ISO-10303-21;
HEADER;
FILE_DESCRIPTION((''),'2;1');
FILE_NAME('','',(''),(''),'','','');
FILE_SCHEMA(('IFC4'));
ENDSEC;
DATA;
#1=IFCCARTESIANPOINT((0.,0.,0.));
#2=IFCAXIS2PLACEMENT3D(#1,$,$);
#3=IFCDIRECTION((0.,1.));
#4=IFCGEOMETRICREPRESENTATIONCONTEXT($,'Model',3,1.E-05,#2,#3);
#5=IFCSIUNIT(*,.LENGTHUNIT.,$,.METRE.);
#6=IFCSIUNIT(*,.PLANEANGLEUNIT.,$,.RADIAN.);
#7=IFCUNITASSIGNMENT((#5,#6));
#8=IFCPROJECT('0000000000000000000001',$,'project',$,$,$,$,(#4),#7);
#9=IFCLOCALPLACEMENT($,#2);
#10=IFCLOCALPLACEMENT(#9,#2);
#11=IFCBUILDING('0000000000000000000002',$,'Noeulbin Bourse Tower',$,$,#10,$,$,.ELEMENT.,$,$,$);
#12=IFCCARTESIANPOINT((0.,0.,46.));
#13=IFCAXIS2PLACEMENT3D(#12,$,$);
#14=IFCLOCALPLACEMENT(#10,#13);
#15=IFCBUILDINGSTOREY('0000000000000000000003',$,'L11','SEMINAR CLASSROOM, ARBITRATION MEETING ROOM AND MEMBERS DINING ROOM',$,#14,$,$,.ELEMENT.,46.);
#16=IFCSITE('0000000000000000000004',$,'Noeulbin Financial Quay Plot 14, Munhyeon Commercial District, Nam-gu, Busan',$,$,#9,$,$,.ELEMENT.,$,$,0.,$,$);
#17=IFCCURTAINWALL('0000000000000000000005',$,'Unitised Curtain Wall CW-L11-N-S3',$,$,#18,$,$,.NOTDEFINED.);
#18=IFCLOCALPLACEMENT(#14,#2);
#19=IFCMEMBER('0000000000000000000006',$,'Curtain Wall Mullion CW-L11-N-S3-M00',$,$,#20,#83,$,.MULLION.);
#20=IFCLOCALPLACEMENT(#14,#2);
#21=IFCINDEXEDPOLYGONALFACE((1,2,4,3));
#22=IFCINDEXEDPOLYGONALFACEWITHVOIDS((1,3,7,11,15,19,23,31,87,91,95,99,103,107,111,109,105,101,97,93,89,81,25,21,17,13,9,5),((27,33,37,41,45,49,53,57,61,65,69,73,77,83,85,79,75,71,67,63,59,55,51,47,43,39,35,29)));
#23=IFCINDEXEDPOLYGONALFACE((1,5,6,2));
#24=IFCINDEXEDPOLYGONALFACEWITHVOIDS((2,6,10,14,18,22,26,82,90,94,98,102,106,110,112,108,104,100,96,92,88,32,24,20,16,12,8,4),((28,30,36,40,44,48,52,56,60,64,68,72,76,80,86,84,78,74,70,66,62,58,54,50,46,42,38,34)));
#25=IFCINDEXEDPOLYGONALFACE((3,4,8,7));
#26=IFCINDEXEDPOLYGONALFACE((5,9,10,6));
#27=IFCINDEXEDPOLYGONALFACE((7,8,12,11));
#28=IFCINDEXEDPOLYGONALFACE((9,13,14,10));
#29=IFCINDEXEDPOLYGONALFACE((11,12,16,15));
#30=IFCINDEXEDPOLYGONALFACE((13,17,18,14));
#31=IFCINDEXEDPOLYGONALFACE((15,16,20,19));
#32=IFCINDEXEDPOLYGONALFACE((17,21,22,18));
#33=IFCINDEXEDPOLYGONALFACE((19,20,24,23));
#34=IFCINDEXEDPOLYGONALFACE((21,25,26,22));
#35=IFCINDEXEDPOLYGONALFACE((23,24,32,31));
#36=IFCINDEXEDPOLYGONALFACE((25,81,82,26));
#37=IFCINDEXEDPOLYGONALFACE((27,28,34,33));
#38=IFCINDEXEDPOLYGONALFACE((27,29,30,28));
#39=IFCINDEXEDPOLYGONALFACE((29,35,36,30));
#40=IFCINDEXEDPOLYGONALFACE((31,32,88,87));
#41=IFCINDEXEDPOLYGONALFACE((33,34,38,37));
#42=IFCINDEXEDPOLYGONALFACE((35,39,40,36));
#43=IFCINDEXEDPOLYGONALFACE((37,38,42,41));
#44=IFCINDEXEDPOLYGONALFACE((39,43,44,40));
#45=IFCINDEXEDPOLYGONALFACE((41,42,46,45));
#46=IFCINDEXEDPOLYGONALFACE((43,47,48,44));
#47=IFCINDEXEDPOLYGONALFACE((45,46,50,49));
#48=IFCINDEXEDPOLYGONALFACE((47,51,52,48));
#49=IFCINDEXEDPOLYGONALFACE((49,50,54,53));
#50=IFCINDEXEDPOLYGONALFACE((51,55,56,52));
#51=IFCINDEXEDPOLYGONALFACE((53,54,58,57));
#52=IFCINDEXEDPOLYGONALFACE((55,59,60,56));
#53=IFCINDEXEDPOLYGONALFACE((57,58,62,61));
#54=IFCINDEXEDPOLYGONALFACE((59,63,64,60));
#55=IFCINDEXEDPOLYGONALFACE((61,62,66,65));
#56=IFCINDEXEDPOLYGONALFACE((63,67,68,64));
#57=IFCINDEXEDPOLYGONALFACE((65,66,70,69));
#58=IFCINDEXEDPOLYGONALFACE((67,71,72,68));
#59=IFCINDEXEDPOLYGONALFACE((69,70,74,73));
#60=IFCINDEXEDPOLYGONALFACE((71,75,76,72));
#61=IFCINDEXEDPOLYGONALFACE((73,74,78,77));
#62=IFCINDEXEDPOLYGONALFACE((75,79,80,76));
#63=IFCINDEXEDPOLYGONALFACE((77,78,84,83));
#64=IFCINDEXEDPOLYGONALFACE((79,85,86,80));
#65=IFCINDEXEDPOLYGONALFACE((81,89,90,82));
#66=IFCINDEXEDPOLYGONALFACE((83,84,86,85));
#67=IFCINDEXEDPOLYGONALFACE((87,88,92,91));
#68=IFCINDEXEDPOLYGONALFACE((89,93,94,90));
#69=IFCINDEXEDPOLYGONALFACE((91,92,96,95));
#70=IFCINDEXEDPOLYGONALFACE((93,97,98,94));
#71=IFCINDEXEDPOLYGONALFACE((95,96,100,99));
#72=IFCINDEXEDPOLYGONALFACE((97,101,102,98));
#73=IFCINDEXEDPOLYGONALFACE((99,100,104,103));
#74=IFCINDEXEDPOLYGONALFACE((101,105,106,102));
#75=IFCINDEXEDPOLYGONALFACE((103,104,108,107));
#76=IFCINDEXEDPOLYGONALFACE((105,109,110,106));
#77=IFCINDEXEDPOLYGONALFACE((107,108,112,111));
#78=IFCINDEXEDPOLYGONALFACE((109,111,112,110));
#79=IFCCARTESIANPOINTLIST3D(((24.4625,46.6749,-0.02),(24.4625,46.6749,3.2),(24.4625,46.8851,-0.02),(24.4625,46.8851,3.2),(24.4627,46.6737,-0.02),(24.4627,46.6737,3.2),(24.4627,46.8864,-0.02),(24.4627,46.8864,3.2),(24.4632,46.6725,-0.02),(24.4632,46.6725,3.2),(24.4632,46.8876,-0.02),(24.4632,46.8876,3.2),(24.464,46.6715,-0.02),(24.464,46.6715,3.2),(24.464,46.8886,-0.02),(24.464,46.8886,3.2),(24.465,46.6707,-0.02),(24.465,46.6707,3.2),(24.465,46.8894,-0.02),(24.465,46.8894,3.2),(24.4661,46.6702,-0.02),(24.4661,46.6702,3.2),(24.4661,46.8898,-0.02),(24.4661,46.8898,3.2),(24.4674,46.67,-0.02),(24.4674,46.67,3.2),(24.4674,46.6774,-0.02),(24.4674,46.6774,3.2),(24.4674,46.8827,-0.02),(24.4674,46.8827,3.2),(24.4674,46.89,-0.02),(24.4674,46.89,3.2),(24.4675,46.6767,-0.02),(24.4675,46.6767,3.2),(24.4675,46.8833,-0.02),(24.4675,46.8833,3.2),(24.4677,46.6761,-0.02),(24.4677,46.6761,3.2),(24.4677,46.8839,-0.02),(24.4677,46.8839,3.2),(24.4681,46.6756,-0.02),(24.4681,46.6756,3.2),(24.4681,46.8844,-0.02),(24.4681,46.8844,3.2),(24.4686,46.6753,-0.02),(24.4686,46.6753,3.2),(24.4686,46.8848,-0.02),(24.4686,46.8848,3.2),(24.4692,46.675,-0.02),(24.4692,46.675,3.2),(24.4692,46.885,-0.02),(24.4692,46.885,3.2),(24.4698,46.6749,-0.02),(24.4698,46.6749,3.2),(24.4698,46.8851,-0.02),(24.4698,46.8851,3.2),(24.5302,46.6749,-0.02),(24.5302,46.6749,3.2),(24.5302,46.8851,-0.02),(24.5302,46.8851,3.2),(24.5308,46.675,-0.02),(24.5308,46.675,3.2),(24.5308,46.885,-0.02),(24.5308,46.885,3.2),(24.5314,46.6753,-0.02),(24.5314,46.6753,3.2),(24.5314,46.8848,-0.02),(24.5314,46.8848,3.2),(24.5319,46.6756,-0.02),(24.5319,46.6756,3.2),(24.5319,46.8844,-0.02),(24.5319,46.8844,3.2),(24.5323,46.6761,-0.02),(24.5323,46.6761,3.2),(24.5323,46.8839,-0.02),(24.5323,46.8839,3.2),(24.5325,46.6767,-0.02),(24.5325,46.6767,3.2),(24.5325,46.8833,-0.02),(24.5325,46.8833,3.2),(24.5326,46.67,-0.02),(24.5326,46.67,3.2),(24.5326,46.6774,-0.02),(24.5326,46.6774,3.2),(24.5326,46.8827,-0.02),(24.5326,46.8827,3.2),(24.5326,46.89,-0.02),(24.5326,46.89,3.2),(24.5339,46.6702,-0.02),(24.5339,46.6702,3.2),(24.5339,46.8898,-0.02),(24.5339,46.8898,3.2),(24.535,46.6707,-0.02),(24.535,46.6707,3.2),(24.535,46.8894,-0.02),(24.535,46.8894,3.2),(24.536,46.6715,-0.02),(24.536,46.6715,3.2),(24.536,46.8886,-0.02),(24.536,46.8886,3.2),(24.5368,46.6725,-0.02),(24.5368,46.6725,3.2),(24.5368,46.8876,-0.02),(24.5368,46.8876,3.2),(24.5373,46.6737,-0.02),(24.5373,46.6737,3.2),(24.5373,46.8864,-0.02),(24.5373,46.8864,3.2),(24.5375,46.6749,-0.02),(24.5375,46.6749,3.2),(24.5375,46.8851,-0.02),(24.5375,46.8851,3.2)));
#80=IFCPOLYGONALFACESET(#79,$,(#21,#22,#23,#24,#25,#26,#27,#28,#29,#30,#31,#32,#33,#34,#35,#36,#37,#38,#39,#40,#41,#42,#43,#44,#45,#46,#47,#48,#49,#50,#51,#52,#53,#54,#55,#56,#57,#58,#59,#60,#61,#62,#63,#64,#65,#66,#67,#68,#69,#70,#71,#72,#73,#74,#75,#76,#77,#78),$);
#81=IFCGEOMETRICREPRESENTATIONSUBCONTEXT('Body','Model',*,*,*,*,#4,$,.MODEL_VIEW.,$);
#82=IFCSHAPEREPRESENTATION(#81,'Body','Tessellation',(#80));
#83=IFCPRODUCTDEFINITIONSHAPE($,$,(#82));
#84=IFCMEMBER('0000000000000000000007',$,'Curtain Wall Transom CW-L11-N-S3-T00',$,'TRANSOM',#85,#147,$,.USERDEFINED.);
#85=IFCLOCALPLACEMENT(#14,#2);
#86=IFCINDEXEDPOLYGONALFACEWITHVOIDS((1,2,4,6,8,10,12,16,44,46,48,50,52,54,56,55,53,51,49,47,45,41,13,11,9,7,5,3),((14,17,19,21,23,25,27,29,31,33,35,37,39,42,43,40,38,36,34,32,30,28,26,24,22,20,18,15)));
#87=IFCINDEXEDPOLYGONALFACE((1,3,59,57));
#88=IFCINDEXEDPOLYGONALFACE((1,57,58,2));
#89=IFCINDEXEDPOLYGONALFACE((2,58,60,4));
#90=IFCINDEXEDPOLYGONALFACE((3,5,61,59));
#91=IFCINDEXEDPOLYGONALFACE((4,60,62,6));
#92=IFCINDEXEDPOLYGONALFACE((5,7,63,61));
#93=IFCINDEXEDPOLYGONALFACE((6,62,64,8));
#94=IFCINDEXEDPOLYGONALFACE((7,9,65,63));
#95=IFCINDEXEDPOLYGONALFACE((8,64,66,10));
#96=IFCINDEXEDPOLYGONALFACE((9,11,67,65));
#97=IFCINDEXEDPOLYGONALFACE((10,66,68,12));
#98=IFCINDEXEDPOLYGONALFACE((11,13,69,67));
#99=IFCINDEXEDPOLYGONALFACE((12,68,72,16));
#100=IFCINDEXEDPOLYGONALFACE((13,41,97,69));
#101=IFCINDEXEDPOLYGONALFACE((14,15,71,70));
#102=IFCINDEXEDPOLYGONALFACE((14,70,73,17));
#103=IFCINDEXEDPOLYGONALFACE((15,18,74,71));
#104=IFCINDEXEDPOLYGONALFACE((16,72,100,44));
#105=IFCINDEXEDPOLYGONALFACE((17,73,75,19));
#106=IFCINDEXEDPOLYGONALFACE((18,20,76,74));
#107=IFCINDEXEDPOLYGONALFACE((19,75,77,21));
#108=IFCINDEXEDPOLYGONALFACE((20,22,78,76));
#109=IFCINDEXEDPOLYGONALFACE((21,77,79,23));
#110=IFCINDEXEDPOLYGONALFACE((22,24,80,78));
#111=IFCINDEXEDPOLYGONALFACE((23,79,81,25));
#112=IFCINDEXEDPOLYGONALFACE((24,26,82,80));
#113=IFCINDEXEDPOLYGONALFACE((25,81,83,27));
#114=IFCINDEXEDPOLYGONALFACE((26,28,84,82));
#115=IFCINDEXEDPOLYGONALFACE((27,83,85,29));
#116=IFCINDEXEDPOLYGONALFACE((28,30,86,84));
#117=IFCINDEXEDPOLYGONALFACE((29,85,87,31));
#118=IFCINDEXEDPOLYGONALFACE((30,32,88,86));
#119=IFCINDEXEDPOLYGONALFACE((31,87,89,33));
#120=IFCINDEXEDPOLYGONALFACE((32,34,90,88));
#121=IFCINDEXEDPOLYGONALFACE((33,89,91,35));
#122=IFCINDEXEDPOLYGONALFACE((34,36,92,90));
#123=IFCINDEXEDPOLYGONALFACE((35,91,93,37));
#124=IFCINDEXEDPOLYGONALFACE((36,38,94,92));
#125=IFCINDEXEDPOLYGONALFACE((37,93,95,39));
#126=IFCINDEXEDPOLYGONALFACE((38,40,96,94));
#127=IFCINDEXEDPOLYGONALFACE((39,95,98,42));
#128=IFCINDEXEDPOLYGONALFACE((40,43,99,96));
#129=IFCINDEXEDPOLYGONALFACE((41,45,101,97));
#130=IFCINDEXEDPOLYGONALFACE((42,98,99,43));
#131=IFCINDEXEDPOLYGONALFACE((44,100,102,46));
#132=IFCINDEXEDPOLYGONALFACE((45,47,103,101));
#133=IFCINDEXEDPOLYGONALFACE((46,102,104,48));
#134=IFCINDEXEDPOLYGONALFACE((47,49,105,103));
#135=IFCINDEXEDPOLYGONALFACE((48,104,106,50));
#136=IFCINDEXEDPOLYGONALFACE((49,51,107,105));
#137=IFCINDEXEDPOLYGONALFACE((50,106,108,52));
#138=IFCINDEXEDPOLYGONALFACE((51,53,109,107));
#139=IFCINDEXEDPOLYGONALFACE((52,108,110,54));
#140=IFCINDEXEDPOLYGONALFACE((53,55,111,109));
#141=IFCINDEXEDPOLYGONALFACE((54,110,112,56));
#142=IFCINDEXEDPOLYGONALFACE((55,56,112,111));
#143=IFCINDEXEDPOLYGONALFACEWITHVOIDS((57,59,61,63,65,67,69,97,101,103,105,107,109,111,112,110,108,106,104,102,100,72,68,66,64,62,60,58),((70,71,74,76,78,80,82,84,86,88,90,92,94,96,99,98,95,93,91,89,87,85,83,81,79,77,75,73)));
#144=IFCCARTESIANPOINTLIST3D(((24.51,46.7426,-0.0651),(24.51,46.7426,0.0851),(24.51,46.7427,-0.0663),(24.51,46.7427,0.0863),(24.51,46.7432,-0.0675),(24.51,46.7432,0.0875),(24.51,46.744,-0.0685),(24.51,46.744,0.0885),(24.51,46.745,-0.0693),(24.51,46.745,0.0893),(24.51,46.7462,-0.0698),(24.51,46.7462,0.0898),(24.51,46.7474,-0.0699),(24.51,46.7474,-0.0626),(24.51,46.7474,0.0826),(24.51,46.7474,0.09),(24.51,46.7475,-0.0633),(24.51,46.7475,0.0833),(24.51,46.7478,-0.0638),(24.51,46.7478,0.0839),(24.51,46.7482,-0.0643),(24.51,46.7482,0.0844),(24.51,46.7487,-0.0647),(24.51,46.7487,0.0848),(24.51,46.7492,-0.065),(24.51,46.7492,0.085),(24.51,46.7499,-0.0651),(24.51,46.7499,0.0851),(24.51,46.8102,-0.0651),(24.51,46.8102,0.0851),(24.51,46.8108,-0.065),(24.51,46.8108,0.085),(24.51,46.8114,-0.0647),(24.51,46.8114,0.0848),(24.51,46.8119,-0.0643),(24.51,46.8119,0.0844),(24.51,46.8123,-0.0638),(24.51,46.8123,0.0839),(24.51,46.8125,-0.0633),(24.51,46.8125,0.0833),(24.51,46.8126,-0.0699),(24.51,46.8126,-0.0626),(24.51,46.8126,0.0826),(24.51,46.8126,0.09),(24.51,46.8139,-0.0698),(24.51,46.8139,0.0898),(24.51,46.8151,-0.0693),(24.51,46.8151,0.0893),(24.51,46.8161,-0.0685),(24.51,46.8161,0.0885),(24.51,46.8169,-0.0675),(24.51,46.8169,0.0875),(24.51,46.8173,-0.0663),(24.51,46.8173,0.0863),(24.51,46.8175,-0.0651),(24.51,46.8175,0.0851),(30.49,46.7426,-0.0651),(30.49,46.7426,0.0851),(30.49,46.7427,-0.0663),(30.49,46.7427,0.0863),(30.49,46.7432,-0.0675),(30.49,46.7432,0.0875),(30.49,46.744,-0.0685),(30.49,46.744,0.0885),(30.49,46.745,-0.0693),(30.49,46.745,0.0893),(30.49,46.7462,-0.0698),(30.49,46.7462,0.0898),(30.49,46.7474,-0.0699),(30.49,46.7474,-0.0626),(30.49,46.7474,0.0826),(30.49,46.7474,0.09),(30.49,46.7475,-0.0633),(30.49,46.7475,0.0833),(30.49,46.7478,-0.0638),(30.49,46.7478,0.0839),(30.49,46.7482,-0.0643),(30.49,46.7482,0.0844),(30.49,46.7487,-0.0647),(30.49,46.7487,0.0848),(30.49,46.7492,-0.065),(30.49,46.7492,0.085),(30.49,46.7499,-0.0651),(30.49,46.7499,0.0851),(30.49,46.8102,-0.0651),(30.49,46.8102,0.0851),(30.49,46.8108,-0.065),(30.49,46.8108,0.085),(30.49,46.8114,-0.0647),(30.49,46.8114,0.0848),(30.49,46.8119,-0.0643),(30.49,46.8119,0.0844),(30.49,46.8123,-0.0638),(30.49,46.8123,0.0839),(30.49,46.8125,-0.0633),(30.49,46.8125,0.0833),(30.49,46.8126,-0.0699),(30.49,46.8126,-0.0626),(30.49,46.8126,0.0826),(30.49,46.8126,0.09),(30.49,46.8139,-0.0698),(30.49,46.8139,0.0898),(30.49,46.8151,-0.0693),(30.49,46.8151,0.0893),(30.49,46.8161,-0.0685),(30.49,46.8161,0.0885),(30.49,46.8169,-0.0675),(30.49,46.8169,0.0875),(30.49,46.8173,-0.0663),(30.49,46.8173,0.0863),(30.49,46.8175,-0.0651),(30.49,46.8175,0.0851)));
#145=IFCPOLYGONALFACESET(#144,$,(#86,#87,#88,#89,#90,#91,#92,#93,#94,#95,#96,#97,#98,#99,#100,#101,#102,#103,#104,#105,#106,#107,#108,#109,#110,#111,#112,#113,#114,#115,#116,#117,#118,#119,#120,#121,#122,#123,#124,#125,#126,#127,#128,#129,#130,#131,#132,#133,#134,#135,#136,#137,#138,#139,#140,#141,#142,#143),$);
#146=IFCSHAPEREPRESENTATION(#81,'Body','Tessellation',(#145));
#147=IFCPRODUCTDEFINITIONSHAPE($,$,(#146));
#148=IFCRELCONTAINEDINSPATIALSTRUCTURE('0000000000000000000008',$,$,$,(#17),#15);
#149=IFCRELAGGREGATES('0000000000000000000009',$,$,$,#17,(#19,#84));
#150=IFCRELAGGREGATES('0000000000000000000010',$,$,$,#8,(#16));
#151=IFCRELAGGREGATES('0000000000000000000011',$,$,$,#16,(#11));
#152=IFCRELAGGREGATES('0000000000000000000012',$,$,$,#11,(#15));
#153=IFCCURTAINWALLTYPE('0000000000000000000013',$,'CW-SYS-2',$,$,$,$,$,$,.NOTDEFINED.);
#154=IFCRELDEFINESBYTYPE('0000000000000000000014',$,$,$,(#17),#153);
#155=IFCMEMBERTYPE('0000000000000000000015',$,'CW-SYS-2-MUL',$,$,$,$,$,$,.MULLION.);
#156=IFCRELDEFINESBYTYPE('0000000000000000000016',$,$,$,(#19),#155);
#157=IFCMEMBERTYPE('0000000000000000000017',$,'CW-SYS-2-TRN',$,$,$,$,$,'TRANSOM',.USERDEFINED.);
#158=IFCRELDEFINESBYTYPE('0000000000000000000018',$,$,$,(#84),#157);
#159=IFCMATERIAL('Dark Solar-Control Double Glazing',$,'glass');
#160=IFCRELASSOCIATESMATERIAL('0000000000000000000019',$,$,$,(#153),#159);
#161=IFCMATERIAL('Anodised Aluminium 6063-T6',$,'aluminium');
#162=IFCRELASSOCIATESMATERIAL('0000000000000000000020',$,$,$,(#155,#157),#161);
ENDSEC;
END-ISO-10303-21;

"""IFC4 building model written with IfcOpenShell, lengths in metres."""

from ifc_helpers import new_model, si_unit, direction, frame, origin, origin_2d, place, context, subcontext, project, spatial, hollow_rectangle, extrude, material, material_profile, profile_set, type_object, element, aggregate, save


model = new_model("IFC4")

# Units and contexts
model_context = context("Model", 3, precision=1e-05, world=origin(), true_north=direction((0.0, 1.0)))
body_context = subcontext(model_context, "Body", "Model", "MODEL_VIEW")
ifc_project = project(units=[si_unit("LENGTHUNIT", "METRE"), si_unit("PLANEANGLEUNIT", "RADIAN")], contexts=[model_context])

# Site, building, storey
site_placement = place(None, origin())
site = spatial("IfcSite", under=ifc_project, at=site_placement, Name="Noeulbin Financial Quay Plot 14, Munhyeon Commercial District, Nam-gu, Busan", CompositionType="ELEMENT", RefElevation=0.0)
building_placement = place(site_placement, origin())
building = spatial("IfcBuilding", under=site, at=building_placement, Name="Noeulbin Bourse Tower", CompositionType="ELEMENT")
storey_placement = place(building_placement, frame((0.0, 0.0, 46.0)))
storey = spatial("IfcBuildingStorey", under=building, at=storey_placement, Name="L11", Description="SEMINAR CLASSROOM, ARBITRATION MEETING ROOM AND MEMBERS DINING ROOM", CompositionType="ELEMENT", Elevation=46.0)

# Curtain wall, members
ifc_material_1 = material(Name="Dark Solar-Control Double Glazing", Category="glass")
curtain_wall_type = type_object("IfcCurtainWallType", Name="CW-SYS-2", PredefinedType="NOTDEFINED", material=ifc_material_1)
ifc_material_2 = material(Name="Anodised Aluminium 6063-T6", Category="aluminium")
ifc_material_profile_1 = material_profile(ifc_material_2, hollow_rectangle(XDim=0.075, YDim=0.22, WallThickness=0.0049, InnerFilletRadius=0.0024, OuterFilletRadius=0.0049, at=origin_2d()), Name="ALU-MULL-75x220x5", Category="LoadBearing")
ifc_profile_set_1 = profile_set([ifc_material_profile_1], Name="Anodised Aluminium 6063-T6")
member_type_1 = type_object("IfcMemberType", Name="CW-SYS-2-MUL", PredefinedType="MULLION", material=ifc_profile_set_1)
curtain_wall_1_placement = place(storey_placement, origin())
curtain_wall_1 = element("IfcCurtainWall", 1, at=curtain_wall_1_placement, inside=storey, type_object=curtain_wall_type, Name="Unitised Curtain Wall CW-L11-N-S3", PredefinedType="NOTDEFINED")
member_1_placement = place(storey_placement, frame((24.5, 46.78, -0.02), z_axis=(0.0, 0.0, 1.0), x_axis=(1.0, 0.0, 0.0)))
member_1 = element("IfcMember", 2, at=member_1_placement, type_object=member_type_1, Name="Curtain Wall Mullion CW-L11-N-S3-M00", PredefinedType="MULLION", context=body_context, shape_type="SweptSolid", body=[
    extrude(hollow_rectangle(XDim=0.075, YDim=0.22, WallThickness=0.0049, InnerFilletRadius=0.0024, OuterFilletRadius=0.0049, at=origin_2d()), origin(), (0.0, 0.0, 1.0), 3.22),
])
ifc_material_profile_2 = material_profile(ifc_material_2, hollow_rectangle(XDim=0.075, YDim=0.1599, WallThickness=0.0049, InnerFilletRadius=0.0024, OuterFilletRadius=0.0049, at=origin_2d()), Name="ALU-TRAN-75x160x5", Category="LoadBearing")
ifc_profile_set_2 = profile_set([ifc_material_profile_2], Name="Anodised Aluminium 6063-T6")
member_type_2 = type_object("IfcMemberType", Name="CW-SYS-2-TRN", ElementType="TRANSOM", PredefinedType="USERDEFINED", material=ifc_profile_set_2)
member_2_placement = place(storey_placement, frame((24.51, 46.78, 0.01), z_axis=(1.0, 0.0, 0.0), x_axis=(0.0, 1.0, 0.0)))
member_2 = element("IfcMember", 3, at=member_2_placement, type_object=member_type_2, Name="Curtain Wall Transom CW-L11-N-S3-T00", ObjectType="TRANSOM", PredefinedType="USERDEFINED", context=body_context, shape_type="SweptSolid", body=[
    extrude(hollow_rectangle(XDim=0.075, YDim=0.1599, WallThickness=0.0049, InnerFilletRadius=0.0024, OuterFilletRadius=0.0049, at=origin_2d()), origin(), (0.0, 0.0, 1.0), 5.98),
])

aggregate(curtain_wall_1, [member_1, member_2])

save(model, "model.ifc")
